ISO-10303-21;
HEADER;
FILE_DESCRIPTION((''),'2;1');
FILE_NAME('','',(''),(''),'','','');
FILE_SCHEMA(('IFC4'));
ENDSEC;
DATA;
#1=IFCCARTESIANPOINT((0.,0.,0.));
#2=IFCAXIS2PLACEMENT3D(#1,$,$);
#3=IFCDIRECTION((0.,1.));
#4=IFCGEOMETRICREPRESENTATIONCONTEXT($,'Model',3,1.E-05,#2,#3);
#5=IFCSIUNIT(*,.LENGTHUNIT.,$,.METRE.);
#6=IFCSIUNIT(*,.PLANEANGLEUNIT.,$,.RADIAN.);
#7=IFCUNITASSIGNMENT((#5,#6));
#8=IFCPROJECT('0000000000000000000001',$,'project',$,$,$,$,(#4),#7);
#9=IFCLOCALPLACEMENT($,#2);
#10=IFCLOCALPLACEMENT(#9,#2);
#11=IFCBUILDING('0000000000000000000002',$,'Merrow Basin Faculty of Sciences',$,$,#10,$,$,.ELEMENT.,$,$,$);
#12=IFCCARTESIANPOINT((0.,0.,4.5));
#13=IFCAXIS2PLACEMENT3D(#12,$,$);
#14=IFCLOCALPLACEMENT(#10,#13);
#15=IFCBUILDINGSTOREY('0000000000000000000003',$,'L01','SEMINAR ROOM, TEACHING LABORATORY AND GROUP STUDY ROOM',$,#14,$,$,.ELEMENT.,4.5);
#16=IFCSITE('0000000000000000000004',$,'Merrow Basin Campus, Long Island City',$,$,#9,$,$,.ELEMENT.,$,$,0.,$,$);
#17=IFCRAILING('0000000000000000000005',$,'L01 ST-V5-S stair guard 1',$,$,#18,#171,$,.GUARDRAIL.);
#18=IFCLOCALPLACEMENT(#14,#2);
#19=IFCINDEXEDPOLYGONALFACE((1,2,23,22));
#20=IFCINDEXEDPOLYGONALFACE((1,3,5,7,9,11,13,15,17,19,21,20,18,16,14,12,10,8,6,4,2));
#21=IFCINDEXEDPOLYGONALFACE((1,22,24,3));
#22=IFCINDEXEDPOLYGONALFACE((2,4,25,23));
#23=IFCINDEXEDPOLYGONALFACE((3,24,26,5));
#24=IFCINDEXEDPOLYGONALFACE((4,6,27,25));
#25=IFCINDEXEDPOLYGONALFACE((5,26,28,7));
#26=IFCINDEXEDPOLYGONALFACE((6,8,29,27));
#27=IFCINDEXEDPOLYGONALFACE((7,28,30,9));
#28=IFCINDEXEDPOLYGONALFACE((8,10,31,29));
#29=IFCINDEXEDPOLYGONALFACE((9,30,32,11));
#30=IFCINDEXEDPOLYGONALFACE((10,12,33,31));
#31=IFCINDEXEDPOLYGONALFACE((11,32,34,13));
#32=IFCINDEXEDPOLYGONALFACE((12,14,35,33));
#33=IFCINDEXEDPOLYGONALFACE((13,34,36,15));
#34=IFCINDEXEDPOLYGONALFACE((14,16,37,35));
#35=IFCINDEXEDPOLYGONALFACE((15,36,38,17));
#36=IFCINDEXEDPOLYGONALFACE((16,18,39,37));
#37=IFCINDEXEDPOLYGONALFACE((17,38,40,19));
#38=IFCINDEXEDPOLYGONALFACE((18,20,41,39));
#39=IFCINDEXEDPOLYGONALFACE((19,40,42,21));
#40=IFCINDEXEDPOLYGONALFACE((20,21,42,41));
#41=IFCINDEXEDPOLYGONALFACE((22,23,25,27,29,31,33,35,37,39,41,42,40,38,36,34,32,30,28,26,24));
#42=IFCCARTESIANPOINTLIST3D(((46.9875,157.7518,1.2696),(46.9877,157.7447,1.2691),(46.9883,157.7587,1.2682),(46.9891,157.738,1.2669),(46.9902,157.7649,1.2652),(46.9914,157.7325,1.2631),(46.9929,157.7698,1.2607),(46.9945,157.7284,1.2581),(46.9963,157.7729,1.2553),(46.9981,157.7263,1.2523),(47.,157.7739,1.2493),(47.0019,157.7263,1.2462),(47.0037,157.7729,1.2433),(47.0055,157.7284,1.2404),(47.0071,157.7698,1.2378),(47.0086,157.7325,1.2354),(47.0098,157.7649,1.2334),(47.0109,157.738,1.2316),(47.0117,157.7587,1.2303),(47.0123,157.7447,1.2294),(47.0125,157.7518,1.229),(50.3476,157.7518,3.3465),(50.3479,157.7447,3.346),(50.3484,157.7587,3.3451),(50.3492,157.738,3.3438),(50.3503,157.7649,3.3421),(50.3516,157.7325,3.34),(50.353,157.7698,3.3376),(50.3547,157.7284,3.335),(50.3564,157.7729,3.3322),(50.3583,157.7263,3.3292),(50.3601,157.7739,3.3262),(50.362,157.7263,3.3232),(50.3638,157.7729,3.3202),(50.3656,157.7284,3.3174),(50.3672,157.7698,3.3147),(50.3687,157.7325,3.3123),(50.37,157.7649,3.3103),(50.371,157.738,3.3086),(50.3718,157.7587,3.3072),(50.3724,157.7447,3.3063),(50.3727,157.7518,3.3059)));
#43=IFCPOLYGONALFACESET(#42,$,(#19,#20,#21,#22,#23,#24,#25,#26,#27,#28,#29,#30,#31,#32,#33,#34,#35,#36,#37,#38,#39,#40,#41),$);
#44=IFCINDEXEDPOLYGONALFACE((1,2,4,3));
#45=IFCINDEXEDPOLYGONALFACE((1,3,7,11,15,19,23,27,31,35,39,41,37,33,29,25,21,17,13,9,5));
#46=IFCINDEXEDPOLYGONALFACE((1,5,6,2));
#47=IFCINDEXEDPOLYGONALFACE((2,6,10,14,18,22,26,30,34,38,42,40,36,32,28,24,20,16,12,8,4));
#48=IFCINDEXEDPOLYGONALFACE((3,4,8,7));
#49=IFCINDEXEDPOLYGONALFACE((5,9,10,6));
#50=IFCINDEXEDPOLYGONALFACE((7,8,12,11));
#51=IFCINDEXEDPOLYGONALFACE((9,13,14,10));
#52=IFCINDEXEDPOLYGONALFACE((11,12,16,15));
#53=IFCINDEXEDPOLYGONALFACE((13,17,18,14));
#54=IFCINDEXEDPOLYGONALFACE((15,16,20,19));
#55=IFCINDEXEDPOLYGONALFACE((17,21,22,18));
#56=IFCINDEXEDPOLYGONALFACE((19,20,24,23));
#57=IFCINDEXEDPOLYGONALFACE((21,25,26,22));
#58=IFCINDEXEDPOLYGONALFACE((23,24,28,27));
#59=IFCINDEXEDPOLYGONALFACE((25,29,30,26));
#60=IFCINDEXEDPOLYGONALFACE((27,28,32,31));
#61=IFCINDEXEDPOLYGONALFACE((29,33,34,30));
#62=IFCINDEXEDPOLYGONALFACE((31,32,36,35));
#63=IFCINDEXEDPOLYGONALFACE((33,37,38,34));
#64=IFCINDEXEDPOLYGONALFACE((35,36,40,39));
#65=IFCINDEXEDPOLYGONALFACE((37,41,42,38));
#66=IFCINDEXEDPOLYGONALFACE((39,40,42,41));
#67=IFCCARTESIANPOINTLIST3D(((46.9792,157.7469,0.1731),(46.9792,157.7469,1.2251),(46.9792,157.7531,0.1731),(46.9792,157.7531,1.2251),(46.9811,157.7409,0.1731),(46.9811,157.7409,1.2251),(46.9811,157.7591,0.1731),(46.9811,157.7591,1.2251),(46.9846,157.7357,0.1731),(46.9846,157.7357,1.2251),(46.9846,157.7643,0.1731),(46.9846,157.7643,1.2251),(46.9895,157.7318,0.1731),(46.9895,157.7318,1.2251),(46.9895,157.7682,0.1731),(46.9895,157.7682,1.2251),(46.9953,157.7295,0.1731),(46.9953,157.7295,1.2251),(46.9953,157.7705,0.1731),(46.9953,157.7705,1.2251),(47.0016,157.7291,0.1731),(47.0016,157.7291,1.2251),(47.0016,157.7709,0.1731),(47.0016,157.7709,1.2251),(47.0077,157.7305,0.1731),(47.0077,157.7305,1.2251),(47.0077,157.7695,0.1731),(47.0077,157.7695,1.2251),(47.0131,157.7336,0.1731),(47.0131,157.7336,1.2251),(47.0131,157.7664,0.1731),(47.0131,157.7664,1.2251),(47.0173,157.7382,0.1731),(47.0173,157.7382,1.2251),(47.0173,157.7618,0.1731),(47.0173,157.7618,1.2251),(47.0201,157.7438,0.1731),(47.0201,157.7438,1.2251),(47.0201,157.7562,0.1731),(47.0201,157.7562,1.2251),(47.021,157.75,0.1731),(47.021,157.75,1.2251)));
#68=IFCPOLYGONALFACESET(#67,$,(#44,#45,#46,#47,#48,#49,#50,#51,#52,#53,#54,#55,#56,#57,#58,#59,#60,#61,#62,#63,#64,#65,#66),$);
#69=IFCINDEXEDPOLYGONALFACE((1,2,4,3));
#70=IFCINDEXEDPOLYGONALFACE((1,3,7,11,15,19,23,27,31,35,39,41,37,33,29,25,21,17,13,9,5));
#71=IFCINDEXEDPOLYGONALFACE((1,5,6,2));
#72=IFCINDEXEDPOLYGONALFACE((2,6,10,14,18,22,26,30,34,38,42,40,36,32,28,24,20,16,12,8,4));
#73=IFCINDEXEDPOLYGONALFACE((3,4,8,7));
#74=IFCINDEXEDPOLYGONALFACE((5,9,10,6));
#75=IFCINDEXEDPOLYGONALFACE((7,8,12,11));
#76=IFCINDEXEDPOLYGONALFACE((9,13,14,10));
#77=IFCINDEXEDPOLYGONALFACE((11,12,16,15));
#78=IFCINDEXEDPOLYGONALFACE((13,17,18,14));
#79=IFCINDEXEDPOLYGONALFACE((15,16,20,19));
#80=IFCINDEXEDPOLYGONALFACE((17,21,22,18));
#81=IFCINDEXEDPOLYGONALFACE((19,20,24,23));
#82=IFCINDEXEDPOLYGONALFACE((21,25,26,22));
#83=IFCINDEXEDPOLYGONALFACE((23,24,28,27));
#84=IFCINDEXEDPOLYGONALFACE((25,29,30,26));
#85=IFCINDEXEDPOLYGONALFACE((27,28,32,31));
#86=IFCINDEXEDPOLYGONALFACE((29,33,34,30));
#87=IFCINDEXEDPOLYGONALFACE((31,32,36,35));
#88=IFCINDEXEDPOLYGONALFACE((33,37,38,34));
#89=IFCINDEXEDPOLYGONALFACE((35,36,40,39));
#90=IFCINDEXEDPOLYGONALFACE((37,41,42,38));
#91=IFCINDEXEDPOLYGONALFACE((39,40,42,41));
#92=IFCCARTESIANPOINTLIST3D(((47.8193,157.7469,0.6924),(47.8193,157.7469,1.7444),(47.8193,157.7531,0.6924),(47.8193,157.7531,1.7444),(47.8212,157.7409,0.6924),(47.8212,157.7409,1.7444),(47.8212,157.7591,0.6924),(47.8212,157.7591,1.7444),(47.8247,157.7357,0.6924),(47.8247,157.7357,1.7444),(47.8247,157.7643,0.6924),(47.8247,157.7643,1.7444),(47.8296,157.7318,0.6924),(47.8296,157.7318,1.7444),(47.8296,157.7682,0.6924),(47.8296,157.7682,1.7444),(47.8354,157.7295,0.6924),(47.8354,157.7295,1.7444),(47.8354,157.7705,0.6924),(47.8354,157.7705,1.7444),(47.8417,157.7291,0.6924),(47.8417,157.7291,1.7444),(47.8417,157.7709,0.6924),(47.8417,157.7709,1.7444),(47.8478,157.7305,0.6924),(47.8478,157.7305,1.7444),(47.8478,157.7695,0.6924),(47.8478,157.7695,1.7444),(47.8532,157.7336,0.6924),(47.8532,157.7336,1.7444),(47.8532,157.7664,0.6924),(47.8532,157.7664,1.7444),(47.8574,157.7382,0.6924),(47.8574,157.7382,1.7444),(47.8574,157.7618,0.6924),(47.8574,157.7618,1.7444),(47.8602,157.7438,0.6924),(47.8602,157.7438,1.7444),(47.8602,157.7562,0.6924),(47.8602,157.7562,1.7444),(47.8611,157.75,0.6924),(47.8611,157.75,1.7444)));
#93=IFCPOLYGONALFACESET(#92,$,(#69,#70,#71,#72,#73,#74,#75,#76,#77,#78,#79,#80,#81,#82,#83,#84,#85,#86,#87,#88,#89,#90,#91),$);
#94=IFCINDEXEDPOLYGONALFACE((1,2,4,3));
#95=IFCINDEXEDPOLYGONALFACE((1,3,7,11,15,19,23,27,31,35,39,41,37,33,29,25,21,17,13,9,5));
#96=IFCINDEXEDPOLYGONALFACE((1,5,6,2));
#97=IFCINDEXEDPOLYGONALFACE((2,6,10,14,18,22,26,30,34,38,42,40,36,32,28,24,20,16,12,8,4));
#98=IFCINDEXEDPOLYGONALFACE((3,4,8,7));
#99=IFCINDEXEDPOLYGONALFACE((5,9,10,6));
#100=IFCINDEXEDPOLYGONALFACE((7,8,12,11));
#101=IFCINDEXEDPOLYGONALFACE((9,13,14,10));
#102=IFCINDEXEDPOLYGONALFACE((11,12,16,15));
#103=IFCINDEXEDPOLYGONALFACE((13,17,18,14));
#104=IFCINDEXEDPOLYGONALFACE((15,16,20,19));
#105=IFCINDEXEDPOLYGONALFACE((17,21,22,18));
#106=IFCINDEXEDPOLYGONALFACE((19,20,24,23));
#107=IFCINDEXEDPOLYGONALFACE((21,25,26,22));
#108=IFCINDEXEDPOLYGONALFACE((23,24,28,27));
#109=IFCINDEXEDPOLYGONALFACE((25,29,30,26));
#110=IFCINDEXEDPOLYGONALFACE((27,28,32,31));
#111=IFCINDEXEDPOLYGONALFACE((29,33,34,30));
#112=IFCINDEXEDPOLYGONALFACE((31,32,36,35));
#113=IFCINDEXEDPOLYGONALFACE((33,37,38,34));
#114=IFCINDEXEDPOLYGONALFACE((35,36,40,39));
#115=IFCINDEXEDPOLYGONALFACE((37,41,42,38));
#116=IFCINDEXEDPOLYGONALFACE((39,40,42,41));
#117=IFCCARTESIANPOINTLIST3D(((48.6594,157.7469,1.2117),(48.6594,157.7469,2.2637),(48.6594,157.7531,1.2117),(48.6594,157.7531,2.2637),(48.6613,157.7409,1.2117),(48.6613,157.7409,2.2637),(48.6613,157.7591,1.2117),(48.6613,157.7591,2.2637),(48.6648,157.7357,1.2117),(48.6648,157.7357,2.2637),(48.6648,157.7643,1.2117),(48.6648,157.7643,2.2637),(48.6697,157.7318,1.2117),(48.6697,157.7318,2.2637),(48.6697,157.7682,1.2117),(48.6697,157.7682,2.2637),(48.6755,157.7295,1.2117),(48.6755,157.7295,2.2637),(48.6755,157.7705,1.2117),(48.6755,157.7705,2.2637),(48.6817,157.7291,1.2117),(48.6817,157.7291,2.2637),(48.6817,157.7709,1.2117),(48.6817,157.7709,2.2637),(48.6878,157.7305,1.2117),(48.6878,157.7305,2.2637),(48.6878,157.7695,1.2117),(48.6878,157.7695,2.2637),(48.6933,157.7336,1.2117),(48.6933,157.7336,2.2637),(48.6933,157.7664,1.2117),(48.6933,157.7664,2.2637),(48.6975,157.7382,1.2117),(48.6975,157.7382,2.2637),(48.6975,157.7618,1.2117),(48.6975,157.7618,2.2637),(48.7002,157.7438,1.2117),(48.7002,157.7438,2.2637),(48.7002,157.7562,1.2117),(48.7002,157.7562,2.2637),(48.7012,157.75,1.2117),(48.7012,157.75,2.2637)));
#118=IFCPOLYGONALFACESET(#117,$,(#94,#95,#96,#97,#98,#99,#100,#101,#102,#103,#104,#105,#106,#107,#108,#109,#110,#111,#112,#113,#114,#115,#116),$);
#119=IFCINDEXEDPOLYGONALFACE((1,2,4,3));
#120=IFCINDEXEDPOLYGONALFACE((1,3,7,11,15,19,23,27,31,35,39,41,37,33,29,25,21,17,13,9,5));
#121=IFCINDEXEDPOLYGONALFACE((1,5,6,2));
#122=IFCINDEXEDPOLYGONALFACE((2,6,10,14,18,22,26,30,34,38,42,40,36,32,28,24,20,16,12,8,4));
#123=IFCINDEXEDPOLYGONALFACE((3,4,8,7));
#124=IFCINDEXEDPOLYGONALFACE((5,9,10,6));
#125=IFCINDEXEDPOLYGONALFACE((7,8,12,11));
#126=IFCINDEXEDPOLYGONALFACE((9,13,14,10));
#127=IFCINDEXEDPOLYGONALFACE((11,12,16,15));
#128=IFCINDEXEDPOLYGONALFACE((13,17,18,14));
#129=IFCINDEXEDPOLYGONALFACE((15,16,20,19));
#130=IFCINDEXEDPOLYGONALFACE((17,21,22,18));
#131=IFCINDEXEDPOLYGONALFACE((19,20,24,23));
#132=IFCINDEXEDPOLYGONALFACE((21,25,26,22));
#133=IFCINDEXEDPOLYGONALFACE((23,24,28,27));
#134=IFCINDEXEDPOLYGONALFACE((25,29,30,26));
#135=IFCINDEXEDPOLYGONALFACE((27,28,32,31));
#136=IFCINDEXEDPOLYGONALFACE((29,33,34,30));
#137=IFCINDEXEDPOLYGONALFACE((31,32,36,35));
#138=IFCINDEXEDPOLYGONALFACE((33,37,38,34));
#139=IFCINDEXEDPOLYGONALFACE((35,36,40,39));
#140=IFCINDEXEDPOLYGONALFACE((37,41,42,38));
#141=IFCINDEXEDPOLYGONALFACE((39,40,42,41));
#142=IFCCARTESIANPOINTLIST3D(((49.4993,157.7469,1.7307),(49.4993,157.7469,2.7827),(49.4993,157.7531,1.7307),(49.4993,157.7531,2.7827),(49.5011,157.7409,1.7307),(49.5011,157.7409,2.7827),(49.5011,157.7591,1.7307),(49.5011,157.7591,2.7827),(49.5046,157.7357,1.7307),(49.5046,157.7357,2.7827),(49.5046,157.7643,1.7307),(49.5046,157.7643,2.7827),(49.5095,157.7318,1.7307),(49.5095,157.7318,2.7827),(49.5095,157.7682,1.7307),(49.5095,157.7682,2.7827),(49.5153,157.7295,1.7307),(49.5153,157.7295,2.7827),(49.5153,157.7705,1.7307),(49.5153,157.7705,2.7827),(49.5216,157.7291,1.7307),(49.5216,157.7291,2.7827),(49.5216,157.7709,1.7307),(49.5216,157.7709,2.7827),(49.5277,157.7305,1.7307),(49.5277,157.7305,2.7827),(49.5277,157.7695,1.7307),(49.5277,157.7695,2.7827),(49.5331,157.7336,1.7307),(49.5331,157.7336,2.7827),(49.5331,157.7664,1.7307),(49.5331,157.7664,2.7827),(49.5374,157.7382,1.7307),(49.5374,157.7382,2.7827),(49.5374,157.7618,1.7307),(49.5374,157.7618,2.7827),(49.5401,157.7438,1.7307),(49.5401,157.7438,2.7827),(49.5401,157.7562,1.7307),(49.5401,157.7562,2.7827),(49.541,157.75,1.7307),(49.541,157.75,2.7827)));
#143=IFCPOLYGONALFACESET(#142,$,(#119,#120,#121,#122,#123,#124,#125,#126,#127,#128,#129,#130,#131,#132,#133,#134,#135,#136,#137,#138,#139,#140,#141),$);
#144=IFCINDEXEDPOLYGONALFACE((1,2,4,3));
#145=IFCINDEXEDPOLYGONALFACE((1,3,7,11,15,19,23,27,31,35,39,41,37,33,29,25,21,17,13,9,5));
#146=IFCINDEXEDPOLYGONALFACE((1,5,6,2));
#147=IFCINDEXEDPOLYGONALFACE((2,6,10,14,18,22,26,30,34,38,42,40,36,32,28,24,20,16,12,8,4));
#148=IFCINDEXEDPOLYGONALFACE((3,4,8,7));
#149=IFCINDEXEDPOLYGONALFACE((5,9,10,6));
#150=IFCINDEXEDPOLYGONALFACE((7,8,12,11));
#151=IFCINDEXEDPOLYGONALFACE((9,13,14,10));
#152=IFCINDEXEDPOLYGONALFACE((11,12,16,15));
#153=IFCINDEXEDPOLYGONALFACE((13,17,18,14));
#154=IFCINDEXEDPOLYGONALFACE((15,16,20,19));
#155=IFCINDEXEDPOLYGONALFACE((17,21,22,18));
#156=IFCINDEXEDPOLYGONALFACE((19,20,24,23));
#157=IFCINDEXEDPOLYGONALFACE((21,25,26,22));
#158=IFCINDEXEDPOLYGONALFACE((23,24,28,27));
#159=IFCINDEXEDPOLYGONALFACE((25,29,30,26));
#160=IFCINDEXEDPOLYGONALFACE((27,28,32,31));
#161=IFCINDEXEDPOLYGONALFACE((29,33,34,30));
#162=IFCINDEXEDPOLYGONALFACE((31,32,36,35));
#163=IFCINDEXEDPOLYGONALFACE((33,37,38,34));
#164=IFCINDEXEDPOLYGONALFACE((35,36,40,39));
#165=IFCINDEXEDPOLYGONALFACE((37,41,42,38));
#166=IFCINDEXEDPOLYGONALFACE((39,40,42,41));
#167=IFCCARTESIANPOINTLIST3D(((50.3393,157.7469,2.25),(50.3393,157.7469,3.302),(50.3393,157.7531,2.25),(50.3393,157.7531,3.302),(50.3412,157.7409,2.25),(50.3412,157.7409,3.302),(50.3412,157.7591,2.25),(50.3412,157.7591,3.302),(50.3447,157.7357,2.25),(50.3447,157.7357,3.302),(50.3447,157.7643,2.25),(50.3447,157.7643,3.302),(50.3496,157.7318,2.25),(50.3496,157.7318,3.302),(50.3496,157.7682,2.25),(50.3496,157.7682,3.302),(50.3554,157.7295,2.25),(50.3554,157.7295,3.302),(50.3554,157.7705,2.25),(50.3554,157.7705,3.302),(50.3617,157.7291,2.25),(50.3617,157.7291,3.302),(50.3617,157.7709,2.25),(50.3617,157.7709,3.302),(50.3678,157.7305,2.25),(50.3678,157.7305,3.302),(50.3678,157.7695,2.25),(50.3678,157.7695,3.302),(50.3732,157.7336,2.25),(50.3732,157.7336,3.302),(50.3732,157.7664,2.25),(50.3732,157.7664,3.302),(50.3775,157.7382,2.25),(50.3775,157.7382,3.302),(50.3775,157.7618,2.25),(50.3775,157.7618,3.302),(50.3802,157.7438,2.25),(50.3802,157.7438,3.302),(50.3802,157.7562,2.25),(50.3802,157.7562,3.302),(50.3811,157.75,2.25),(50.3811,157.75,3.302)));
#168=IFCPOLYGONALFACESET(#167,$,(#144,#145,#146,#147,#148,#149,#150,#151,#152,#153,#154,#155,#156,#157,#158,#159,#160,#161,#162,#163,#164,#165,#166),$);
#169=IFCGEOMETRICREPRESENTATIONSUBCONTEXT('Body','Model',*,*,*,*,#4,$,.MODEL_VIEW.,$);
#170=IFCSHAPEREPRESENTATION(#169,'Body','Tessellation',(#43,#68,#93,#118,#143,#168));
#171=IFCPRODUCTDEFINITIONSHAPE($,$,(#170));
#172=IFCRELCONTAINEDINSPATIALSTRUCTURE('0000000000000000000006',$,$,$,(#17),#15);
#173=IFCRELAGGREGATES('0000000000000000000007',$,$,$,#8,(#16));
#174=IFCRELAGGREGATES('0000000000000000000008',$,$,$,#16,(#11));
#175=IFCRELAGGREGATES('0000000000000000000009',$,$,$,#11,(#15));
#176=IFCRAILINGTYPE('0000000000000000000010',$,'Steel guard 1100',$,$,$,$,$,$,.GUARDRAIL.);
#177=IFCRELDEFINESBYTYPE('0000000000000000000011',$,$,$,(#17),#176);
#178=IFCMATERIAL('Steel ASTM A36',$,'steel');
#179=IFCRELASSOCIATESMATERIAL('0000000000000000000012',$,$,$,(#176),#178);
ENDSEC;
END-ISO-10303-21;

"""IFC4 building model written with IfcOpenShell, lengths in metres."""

from ifc_helpers import new_model, si_unit, direction, frame, origin, origin_2d, place, context, subcontext, project, spatial, circle, extrude, material, type_object, element, save


model = new_model("IFC4")

# Units and contexts
model_context = context("Model", 3, precision=1e-05, world=origin(), true_north=direction((0.0, 1.0)))
body_context = subcontext(model_context, "Body", "Model", "MODEL_VIEW")
ifc_project = project(units=[si_unit("LENGTHUNIT", "METRE"), si_unit("PLANEANGLEUNIT", "RADIAN")], contexts=[model_context])

# Site, building, storey
site_placement = place(None, origin())
site = spatial("IfcSite", under=ifc_project, at=site_placement, Name="Merrow Basin Campus, Long Island City", CompositionType="ELEMENT", RefElevation=0.0)
building_placement = place(site_placement, origin())
building = spatial("IfcBuilding", under=site, at=building_placement, Name="Merrow Basin Faculty of Sciences", CompositionType="ELEMENT")
storey_placement = place(building_placement, frame((0.0, 0.0, 4.5)))
storey = spatial("IfcBuildingStorey", under=building, at=storey_placement, Name="L01", Description="SEMINAR ROOM, TEACHING LABORATORY AND GROUP STUDY ROOM", CompositionType="ELEMENT", Elevation=4.5)

# Railing
ifc_material_1 = material(Name="Steel ASTM A36", Category="steel")
railing_type_1 = type_object("IfcRailingType", Name="Steel guard 1100", PredefinedType="GUARDRAIL", material=ifc_material_1)
railing_1_placement = place(storey_placement, frame((47.0, 157.75, 0.1731)))
element("IfcRailing", 1, at=railing_1_placement, inside=storey, type_object=railing_type_1, Name="L01 ST-V5-S stair guard 1", PredefinedType="GUARDRAIL", context=body_context, shape_type="SweptSolid", body=[
    extrude(circle(Radius=0.0239, at=origin_2d()), frame((0.0, 0.0, 1.0762), z_axis=(0.850623, 0.0, 0.525776), x_axis=(0.0, 1.0, 0.0)), (0.0, 0.0, 1.0), 3.9502),
    extrude(circle(Radius=0.021, at=origin_2d()), origin(), (0.0, 0.0, 1.0), 1.052),
    extrude(circle(Radius=0.021, at=origin_2d()), frame((0.8401, 0.0, 0.5193)), (0.0, 0.0, 1.0), 1.052),
    extrude(circle(Radius=0.021, at=origin_2d()), frame((1.6802, 0.0, 1.0386)), (0.0, 0.0, 1.0), 1.052),
    extrude(circle(Radius=0.021, at=origin_2d()), frame((2.52, 0.0, 1.5576)), (0.0, 0.0, 1.0), 1.052),
    extrude(circle(Radius=0.021, at=origin_2d()), frame((3.3601, 0.0, 2.0769)), (0.0, 0.0, 1.0), 1.052),
])

save(model, "model.ifc")
